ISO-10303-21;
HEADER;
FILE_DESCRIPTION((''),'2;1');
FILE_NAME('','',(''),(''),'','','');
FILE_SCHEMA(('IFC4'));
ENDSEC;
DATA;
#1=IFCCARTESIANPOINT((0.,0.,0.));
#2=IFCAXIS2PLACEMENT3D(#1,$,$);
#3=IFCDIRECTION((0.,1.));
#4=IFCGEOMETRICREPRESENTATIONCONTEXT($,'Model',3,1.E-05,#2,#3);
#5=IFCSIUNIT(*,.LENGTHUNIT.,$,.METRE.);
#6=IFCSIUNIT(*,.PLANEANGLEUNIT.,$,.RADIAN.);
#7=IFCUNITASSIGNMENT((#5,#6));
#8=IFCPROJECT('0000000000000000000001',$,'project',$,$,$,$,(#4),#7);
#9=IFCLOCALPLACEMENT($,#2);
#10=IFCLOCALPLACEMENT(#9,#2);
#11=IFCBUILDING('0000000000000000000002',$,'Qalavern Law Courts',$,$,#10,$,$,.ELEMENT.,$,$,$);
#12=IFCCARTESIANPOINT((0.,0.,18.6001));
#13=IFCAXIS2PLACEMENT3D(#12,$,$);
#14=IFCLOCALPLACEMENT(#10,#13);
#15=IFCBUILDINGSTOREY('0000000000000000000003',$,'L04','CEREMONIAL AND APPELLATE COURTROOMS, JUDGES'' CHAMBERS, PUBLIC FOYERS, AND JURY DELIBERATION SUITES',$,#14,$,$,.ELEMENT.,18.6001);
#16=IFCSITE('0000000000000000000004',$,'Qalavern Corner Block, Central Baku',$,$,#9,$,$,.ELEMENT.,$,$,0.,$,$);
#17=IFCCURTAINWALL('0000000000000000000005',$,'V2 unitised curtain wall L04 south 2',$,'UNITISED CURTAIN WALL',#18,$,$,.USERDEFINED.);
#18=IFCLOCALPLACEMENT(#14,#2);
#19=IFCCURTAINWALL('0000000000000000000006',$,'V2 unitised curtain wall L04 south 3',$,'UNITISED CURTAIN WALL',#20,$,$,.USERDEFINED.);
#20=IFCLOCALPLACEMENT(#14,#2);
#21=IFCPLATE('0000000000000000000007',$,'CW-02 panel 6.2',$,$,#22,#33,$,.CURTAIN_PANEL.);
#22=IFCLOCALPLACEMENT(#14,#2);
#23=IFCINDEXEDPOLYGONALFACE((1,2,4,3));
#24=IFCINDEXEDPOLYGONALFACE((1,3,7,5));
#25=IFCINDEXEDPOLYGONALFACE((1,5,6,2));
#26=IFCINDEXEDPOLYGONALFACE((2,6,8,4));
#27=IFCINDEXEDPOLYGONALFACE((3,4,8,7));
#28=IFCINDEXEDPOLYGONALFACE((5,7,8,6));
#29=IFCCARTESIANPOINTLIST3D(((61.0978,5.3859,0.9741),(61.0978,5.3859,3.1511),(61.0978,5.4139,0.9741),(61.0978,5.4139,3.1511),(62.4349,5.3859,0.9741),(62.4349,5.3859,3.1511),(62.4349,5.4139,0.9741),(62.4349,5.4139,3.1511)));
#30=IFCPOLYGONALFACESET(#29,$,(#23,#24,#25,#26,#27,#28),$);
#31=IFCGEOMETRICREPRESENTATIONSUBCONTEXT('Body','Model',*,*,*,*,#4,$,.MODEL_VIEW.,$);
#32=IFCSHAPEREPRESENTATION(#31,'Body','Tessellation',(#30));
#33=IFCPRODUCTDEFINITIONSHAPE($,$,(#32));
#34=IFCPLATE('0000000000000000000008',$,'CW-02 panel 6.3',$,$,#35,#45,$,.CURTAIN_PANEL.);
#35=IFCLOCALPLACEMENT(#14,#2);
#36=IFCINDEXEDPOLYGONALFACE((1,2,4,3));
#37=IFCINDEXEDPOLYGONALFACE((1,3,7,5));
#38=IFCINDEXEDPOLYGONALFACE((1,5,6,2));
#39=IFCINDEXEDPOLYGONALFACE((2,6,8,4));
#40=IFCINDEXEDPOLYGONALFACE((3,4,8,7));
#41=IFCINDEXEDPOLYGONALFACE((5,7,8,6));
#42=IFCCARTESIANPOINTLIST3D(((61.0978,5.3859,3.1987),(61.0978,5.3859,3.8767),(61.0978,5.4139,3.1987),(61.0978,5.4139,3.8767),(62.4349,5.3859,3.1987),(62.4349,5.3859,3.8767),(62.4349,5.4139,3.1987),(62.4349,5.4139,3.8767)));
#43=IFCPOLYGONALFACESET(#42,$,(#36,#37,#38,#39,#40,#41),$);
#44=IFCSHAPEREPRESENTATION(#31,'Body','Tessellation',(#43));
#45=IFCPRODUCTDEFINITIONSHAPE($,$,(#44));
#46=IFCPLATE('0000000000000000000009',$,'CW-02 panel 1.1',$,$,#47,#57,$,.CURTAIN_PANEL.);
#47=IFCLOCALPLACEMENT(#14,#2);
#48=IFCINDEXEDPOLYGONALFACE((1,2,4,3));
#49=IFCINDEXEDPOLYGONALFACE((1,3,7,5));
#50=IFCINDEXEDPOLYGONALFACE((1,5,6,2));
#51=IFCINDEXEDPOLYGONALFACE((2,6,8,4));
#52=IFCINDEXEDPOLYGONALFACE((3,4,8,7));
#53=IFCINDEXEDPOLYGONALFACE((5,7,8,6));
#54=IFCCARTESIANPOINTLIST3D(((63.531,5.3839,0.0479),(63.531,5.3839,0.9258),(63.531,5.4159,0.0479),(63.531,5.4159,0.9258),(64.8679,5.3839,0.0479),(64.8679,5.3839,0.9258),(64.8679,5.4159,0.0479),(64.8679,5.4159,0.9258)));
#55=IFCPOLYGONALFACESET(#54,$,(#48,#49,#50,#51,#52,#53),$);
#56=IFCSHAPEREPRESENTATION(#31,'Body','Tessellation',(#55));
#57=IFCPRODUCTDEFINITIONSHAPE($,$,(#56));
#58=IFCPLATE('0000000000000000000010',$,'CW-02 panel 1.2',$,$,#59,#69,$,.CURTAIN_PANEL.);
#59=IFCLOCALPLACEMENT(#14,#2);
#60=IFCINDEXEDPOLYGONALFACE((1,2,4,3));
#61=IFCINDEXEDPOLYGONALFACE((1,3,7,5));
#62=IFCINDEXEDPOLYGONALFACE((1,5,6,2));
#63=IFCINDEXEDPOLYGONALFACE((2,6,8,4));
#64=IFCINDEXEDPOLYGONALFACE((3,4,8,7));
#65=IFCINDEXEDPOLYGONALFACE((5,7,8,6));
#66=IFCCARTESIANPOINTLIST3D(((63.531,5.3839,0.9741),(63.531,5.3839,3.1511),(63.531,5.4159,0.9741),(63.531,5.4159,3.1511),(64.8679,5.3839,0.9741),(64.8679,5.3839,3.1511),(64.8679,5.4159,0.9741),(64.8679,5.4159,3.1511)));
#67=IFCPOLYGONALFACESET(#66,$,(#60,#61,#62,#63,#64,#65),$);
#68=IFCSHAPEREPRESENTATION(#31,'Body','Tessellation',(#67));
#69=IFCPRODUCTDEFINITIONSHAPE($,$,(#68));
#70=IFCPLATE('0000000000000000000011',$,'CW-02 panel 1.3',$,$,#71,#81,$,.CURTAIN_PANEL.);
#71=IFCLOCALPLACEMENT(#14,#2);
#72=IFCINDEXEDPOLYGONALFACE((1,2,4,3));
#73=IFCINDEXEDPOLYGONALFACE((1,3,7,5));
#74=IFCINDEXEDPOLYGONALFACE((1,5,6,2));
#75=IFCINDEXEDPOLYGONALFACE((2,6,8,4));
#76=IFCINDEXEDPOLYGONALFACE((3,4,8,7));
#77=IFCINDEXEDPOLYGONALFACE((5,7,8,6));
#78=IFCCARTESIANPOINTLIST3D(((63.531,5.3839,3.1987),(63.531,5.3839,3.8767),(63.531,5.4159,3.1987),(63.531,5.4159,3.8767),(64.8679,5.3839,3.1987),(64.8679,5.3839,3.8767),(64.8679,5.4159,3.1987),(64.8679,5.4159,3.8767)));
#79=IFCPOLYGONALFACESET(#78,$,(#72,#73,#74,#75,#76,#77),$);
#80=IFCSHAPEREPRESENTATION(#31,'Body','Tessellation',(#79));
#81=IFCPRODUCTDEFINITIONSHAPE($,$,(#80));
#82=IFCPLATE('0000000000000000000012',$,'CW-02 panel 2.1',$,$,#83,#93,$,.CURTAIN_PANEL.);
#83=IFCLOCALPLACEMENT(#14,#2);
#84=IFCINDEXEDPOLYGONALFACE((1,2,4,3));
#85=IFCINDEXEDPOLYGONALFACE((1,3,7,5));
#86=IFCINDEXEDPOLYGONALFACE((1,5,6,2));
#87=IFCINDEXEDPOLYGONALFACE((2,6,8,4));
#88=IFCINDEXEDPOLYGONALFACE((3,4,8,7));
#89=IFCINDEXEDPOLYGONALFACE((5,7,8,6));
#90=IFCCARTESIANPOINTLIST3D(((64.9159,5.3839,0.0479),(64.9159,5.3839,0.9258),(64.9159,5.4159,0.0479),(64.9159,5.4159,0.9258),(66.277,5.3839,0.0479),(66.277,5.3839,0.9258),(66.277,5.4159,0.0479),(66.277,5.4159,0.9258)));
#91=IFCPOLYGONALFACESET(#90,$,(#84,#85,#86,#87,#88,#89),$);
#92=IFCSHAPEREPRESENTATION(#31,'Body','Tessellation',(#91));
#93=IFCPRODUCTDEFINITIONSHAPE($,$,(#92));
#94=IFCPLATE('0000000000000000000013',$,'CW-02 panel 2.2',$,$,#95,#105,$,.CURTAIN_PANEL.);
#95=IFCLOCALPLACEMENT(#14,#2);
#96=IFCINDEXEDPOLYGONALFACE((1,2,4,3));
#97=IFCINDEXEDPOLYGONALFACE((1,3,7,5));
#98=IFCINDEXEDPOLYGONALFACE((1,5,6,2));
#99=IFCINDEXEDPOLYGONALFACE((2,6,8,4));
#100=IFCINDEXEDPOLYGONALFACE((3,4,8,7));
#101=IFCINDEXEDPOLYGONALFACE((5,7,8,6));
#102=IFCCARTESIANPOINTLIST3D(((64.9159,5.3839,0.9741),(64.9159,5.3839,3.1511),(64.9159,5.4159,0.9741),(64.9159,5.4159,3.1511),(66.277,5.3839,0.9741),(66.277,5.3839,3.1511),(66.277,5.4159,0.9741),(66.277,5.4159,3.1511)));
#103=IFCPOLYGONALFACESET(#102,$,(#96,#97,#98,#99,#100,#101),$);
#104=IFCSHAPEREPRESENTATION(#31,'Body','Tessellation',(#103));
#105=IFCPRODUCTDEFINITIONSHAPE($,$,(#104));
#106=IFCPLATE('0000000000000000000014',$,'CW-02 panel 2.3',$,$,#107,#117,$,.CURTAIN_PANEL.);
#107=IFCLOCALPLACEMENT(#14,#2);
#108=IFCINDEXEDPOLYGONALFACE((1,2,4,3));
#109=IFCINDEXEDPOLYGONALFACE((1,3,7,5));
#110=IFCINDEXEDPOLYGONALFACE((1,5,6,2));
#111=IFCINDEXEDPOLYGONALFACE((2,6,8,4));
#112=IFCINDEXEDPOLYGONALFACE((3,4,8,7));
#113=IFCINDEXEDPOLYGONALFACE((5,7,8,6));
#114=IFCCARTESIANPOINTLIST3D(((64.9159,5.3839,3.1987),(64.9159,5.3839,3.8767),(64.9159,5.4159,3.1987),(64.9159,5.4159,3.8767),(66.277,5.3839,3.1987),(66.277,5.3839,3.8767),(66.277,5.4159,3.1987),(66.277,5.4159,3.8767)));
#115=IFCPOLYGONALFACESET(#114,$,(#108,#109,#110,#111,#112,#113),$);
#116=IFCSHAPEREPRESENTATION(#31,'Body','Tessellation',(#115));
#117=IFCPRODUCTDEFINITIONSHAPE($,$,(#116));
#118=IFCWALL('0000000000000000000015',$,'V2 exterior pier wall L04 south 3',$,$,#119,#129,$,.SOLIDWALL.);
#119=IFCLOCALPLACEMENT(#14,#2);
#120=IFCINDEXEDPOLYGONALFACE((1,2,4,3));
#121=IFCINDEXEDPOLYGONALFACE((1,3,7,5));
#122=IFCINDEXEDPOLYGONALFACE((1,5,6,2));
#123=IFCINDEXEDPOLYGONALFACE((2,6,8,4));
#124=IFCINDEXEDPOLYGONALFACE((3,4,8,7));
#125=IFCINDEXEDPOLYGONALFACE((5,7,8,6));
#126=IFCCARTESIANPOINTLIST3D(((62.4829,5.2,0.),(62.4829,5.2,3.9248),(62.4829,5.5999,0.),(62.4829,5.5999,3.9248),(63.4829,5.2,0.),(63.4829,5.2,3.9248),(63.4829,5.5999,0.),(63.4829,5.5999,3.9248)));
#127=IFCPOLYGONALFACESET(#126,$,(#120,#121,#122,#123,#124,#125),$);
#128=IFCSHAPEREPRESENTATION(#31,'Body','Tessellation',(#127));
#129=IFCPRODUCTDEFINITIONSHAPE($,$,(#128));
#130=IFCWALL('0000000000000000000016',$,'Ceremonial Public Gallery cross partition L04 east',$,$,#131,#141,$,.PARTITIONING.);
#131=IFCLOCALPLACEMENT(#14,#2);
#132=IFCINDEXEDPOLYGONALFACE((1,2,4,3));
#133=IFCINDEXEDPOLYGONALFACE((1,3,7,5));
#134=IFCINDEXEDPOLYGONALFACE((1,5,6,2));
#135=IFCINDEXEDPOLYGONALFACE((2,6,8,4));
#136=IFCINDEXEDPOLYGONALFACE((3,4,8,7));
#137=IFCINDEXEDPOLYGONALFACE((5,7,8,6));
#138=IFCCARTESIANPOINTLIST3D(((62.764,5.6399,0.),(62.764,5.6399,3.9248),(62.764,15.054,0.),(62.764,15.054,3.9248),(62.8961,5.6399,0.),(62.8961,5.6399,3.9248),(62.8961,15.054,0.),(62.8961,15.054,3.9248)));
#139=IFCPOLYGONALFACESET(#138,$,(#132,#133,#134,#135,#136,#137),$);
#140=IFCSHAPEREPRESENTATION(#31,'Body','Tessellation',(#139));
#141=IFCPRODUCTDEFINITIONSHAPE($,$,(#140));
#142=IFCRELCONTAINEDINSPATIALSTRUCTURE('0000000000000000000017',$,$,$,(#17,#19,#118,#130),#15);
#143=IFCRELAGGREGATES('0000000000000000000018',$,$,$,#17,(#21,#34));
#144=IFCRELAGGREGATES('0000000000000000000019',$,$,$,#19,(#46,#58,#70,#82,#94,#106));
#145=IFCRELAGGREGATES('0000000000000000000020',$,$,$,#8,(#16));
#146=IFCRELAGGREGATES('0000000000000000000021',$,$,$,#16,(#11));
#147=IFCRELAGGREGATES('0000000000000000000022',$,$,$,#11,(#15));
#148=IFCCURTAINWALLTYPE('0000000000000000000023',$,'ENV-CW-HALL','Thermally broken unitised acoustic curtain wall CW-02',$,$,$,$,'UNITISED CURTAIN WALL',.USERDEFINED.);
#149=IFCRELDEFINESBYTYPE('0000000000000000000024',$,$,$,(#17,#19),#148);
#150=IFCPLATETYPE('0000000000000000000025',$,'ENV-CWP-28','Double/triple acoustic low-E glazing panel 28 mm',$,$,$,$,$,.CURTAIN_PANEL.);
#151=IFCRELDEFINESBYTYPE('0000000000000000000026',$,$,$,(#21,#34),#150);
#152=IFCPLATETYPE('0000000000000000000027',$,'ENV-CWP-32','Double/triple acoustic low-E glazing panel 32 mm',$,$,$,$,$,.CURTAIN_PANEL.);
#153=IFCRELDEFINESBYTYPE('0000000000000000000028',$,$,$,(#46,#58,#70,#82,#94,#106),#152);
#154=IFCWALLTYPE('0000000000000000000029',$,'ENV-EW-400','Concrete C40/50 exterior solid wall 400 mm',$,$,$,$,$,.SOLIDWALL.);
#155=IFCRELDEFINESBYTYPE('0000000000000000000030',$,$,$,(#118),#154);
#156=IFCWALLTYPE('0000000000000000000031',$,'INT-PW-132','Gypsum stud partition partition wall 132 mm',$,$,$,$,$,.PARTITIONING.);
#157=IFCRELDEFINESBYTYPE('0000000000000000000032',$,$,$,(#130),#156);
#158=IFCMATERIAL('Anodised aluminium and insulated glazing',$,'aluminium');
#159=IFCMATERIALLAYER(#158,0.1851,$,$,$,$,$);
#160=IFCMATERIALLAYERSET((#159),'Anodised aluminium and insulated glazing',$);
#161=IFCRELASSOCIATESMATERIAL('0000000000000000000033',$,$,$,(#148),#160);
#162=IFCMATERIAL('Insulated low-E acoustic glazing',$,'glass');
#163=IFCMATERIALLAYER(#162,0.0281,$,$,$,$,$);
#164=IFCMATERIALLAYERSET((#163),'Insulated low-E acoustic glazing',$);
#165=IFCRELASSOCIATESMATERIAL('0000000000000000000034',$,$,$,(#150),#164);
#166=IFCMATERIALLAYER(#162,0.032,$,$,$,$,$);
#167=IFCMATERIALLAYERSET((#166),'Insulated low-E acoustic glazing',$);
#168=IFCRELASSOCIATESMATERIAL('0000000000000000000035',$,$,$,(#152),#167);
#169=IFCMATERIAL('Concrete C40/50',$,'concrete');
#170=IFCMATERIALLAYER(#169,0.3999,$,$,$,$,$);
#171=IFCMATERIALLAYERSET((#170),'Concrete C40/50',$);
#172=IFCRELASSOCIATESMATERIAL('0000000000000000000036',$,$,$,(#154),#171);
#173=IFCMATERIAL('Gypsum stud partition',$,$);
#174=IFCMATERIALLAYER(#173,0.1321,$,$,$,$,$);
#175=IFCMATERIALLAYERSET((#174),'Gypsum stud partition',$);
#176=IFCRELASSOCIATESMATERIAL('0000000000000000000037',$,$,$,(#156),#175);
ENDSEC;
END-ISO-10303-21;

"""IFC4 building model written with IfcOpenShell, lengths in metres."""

from ifc_helpers import new_model, si_unit, direction, frame, frame_2d, origin, origin_2d, place, context, subcontext, project, spatial, rectangle, extrude, material, layer, layer_set, type_object, element, aggregate, save


model = new_model("IFC4")

# Units and contexts
model_context = context("Model", 3, precision=1e-05, world=origin(), true_north=direction((0.0, 1.0)))
body_context = subcontext(model_context, "Body", "Model", "MODEL_VIEW")
ifc_project = project(units=[si_unit("LENGTHUNIT", "METRE"), si_unit("PLANEANGLEUNIT", "RADIAN")], contexts=[model_context])

# Site, building, storey
site_placement = place(None, origin())
site = spatial("IfcSite", under=ifc_project, at=site_placement, Name="Qalavern Corner Block, Central Baku", CompositionType="ELEMENT", RefElevation=0.0)
building_placement = place(site_placement, origin())
building = spatial("IfcBuilding", under=site, at=building_placement, Name="Qalavern Law Courts", CompositionType="ELEMENT")
storey_placement = place(building_placement, frame((0.0, 0.0, 18.6001)))
storey = spatial("IfcBuildingStorey", under=building, at=storey_placement, Name="L04", Description="CEREMONIAL AND APPELLATE COURTROOMS, JUDGES' CHAMBERS, PUBLIC FOYERS, AND JURY DELIBERATION SUITES", CompositionType="ELEMENT", Elevation=18.6001)

# Curtain wall
ifc_material_1 = material(Name="Anodised aluminium and insulated glazing", Category="aluminium")
ifc_layer_1 = layer(ifc_material_1, 0.1851)
ifc_layer_set_1 = layer_set([ifc_layer_1], Name="Anodised aluminium and insulated glazing")
curtain_wall_type = type_object("IfcCurtainWallType", Name="ENV-CW-HALL", Description="Thermally broken unitised acoustic curtain wall CW-02", ElementType="UNITISED CURTAIN WALL", PredefinedType="USERDEFINED", material=ifc_layer_set_1)
curtain_wall_1_placement = place(storey_placement, origin())
curtain_wall_1 = element("IfcCurtainWall", 1, at=curtain_wall_1_placement, inside=storey, type_object=curtain_wall_type, Name="V2 unitised curtain wall L04 south 2", ObjectType="UNITISED CURTAIN WALL", PredefinedType="USERDEFINED")

# Curtain wall
curtain_wall_2_placement = place(storey_placement, origin())
curtain_wall_2 = element("IfcCurtainWall", 2, at=curtain_wall_2_placement, inside=storey, type_object=curtain_wall_type, Name="V2 unitised curtain wall L04 south 3", ObjectType="UNITISED CURTAIN WALL", PredefinedType="USERDEFINED")

# Shared definitions
ifc_material_2 = material(Name="Concrete C40/50", Category="concrete")

# Plates
ifc_material_3 = material(Name="Insulated low-E acoustic glazing", Category="glass")
ifc_layer_2 = layer(ifc_material_3, 0.0281)
ifc_layer_set_2 = layer_set([ifc_layer_2], Name="Insulated low-E acoustic glazing")
plate_type_1 = type_object("IfcPlateType", Name="ENV-CWP-28", Description="Double/triple acoustic low-E glazing panel 28 mm", PredefinedType="CURTAIN_PANEL", material=ifc_layer_set_2)
plate_1_placement = place(storey_placement, frame((61.7664, 5.3999, 0.9741), z_axis=(0.0, 0.0, 1.0), x_axis=(1.0, 0.0, 0.0)))
plate_1 = element("IfcPlate", 3, at=plate_1_placement, type_object=plate_type_1, Name="CW-02 panel 6.2", PredefinedType="CURTAIN_PANEL", context=body_context, shape_type="SweptSolid", body=[
    extrude(rectangle(XDim=1.3372, YDim=0.0281, at=origin_2d()), origin(), (0.0, 0.0, 1.0), 2.177),
])
plate_2_placement = place(storey_placement, frame((61.7664, 5.3999, 3.1987), z_axis=(0.0, 0.0, 1.0), x_axis=(1.0, 0.0, 0.0)))
plate_2 = element("IfcPlate", 4, at=plate_2_placement, type_object=plate_type_1, Name="CW-02 panel 6.3", PredefinedType="CURTAIN_PANEL", context=body_context, shape_type="SweptSolid", body=[
    extrude(rectangle(XDim=1.3372, YDim=0.0281, at=origin_2d()), origin(), (0.0, 0.0, 1.0), 0.678),
])
aggregate(curtain_wall_1, [plate_1, plate_2])
ifc_layer_3 = layer(ifc_material_3, 0.032)
ifc_layer_set_3 = layer_set([ifc_layer_3], Name="Insulated low-E acoustic glazing")
plate_type_2 = type_object("IfcPlateType", Name="ENV-CWP-32", Description="Double/triple acoustic low-E glazing panel 32 mm", PredefinedType="CURTAIN_PANEL", material=ifc_layer_set_3)
plate_3_placement = place(storey_placement, frame((64.1995, 5.3999, 0.0479), z_axis=(0.0, 0.0, 1.0), x_axis=(1.0, 0.0, 0.0)))
plate_3 = element("IfcPlate", 5, at=plate_3_placement, type_object=plate_type_2, Name="CW-02 panel 1.1", PredefinedType="CURTAIN_PANEL", context=body_context, shape_type="SweptSolid", body=[
    extrude(rectangle(XDim=1.3369, YDim=0.032, at=origin_2d()), origin(), (0.0, 0.0, 1.0), 0.8779),
])
plate_4_placement = place(storey_placement, frame((64.1995, 5.3999, 0.9741), z_axis=(0.0, 0.0, 1.0), x_axis=(1.0, 0.0, 0.0)))
plate_4 = element("IfcPlate", 6, at=plate_4_placement, type_object=plate_type_2, Name="CW-02 panel 1.2", PredefinedType="CURTAIN_PANEL", context=body_context, shape_type="SweptSolid", body=[
    extrude(rectangle(XDim=1.3369, YDim=0.032, at=origin_2d()), origin(), (0.0, 0.0, 1.0), 2.177),
])
plate_5_placement = place(storey_placement, frame((64.1995, 5.3999, 3.1987), z_axis=(0.0, 0.0, 1.0), x_axis=(1.0, 0.0, 0.0)))
plate_5 = element("IfcPlate", 7, at=plate_5_placement, type_object=plate_type_2, Name="CW-02 panel 1.3", PredefinedType="CURTAIN_PANEL", context=body_context, shape_type="SweptSolid", body=[
    extrude(rectangle(XDim=1.3369, YDim=0.032, at=origin_2d()), origin(), (0.0, 0.0, 1.0), 0.678),
])
plate_6_placement = place(storey_placement, frame((65.5964, 5.3999, 0.0479), z_axis=(0.0, 0.0, 1.0), x_axis=(1.0, 0.0, 0.0)))
plate_6 = element("IfcPlate", 8, at=plate_6_placement, type_object=plate_type_2, Name="CW-02 panel 2.1", PredefinedType="CURTAIN_PANEL", context=body_context, shape_type="SweptSolid", body=[
    extrude(rectangle(XDim=1.3611, YDim=0.032, at=origin_2d()), origin(), (0.0, 0.0, 1.0), 0.8779),
])
plate_7_placement = place(storey_placement, frame((65.5964, 5.3999, 0.9741), z_axis=(0.0, 0.0, 1.0), x_axis=(1.0, 0.0, 0.0)))
plate_7 = element("IfcPlate", 9, at=plate_7_placement, type_object=plate_type_2, Name="CW-02 panel 2.2", PredefinedType="CURTAIN_PANEL", context=body_context, shape_type="SweptSolid", body=[
    extrude(rectangle(XDim=1.3611, YDim=0.032, at=origin_2d()), origin(), (0.0, 0.0, 1.0), 2.177),
])
plate_8_placement = place(storey_placement, frame((65.5964, 5.3999, 3.1987), z_axis=(0.0, 0.0, 1.0), x_axis=(1.0, 0.0, 0.0)))
plate_8 = element("IfcPlate", 10, at=plate_8_placement, type_object=plate_type_2, Name="CW-02 panel 2.3", PredefinedType="CURTAIN_PANEL", context=body_context, shape_type="SweptSolid", body=[
    extrude(rectangle(XDim=1.3611, YDim=0.032, at=origin_2d()), origin(), (0.0, 0.0, 1.0), 0.678),
])
aggregate(curtain_wall_2, [plate_3, plate_4, plate_5, plate_6, plate_7, plate_8])

# Walls
ifc_layer_4 = layer(ifc_material_2, 0.3999)
ifc_layer_set_4 = layer_set([ifc_layer_4], Name="Concrete C40/50")
wall_type_1 = type_object("IfcWallType", Name="ENV-EW-400", Description="Concrete C40/50 exterior solid wall 400 mm", PredefinedType="SOLIDWALL", material=ifc_layer_set_4)
wall_1_placement = place(storey_placement, frame((62.4829, 5.3999, 0.0), z_axis=(0.0, 0.0, 1.0), x_axis=(1.0, 0.0, 0.0)))
element("IfcWall", 11, at=wall_1_placement, inside=storey, type_object=wall_type_1, Name="V2 exterior pier wall L04 south 3", PredefinedType="SOLIDWALL", context=body_context, shape_type="SweptSolid", body=[
    extrude(rectangle(XDim=1.0, YDim=0.3999, at=frame_2d((0.5, 0.0))), origin(), (0.0, 0.0, 1.0), 3.9248),
])
ifc_material_4 = material(Name="Gypsum stud partition")
ifc_layer_5 = layer(ifc_material_4, 0.1321)
ifc_layer_set_5 = layer_set([ifc_layer_5], Name="Gypsum stud partition")
wall_type_2 = type_object("IfcWallType", Name="INT-PW-132", Description="Gypsum stud partition partition wall 132 mm", PredefinedType="PARTITIONING", material=ifc_layer_set_5)
wall_2_placement = place(storey_placement, frame((62.8301, 5.6399, 0.0), z_axis=(0.0, 0.0, 1.0), x_axis=(0.0, 1.0, 0.0)))
element("IfcWall", 12, at=wall_2_placement, inside=storey, type_object=wall_type_2, Name="Ceremonial Public Gallery cross partition L04 east", PredefinedType="PARTITIONING", context=body_context, shape_type="SweptSolid", body=[
    extrude(rectangle(XDim=9.4141, YDim=0.1321, at=frame_2d((4.707, 0.0))), origin(), (0.0, 0.0, 1.0), 3.9248),
])

save(model, "model.ifc")
